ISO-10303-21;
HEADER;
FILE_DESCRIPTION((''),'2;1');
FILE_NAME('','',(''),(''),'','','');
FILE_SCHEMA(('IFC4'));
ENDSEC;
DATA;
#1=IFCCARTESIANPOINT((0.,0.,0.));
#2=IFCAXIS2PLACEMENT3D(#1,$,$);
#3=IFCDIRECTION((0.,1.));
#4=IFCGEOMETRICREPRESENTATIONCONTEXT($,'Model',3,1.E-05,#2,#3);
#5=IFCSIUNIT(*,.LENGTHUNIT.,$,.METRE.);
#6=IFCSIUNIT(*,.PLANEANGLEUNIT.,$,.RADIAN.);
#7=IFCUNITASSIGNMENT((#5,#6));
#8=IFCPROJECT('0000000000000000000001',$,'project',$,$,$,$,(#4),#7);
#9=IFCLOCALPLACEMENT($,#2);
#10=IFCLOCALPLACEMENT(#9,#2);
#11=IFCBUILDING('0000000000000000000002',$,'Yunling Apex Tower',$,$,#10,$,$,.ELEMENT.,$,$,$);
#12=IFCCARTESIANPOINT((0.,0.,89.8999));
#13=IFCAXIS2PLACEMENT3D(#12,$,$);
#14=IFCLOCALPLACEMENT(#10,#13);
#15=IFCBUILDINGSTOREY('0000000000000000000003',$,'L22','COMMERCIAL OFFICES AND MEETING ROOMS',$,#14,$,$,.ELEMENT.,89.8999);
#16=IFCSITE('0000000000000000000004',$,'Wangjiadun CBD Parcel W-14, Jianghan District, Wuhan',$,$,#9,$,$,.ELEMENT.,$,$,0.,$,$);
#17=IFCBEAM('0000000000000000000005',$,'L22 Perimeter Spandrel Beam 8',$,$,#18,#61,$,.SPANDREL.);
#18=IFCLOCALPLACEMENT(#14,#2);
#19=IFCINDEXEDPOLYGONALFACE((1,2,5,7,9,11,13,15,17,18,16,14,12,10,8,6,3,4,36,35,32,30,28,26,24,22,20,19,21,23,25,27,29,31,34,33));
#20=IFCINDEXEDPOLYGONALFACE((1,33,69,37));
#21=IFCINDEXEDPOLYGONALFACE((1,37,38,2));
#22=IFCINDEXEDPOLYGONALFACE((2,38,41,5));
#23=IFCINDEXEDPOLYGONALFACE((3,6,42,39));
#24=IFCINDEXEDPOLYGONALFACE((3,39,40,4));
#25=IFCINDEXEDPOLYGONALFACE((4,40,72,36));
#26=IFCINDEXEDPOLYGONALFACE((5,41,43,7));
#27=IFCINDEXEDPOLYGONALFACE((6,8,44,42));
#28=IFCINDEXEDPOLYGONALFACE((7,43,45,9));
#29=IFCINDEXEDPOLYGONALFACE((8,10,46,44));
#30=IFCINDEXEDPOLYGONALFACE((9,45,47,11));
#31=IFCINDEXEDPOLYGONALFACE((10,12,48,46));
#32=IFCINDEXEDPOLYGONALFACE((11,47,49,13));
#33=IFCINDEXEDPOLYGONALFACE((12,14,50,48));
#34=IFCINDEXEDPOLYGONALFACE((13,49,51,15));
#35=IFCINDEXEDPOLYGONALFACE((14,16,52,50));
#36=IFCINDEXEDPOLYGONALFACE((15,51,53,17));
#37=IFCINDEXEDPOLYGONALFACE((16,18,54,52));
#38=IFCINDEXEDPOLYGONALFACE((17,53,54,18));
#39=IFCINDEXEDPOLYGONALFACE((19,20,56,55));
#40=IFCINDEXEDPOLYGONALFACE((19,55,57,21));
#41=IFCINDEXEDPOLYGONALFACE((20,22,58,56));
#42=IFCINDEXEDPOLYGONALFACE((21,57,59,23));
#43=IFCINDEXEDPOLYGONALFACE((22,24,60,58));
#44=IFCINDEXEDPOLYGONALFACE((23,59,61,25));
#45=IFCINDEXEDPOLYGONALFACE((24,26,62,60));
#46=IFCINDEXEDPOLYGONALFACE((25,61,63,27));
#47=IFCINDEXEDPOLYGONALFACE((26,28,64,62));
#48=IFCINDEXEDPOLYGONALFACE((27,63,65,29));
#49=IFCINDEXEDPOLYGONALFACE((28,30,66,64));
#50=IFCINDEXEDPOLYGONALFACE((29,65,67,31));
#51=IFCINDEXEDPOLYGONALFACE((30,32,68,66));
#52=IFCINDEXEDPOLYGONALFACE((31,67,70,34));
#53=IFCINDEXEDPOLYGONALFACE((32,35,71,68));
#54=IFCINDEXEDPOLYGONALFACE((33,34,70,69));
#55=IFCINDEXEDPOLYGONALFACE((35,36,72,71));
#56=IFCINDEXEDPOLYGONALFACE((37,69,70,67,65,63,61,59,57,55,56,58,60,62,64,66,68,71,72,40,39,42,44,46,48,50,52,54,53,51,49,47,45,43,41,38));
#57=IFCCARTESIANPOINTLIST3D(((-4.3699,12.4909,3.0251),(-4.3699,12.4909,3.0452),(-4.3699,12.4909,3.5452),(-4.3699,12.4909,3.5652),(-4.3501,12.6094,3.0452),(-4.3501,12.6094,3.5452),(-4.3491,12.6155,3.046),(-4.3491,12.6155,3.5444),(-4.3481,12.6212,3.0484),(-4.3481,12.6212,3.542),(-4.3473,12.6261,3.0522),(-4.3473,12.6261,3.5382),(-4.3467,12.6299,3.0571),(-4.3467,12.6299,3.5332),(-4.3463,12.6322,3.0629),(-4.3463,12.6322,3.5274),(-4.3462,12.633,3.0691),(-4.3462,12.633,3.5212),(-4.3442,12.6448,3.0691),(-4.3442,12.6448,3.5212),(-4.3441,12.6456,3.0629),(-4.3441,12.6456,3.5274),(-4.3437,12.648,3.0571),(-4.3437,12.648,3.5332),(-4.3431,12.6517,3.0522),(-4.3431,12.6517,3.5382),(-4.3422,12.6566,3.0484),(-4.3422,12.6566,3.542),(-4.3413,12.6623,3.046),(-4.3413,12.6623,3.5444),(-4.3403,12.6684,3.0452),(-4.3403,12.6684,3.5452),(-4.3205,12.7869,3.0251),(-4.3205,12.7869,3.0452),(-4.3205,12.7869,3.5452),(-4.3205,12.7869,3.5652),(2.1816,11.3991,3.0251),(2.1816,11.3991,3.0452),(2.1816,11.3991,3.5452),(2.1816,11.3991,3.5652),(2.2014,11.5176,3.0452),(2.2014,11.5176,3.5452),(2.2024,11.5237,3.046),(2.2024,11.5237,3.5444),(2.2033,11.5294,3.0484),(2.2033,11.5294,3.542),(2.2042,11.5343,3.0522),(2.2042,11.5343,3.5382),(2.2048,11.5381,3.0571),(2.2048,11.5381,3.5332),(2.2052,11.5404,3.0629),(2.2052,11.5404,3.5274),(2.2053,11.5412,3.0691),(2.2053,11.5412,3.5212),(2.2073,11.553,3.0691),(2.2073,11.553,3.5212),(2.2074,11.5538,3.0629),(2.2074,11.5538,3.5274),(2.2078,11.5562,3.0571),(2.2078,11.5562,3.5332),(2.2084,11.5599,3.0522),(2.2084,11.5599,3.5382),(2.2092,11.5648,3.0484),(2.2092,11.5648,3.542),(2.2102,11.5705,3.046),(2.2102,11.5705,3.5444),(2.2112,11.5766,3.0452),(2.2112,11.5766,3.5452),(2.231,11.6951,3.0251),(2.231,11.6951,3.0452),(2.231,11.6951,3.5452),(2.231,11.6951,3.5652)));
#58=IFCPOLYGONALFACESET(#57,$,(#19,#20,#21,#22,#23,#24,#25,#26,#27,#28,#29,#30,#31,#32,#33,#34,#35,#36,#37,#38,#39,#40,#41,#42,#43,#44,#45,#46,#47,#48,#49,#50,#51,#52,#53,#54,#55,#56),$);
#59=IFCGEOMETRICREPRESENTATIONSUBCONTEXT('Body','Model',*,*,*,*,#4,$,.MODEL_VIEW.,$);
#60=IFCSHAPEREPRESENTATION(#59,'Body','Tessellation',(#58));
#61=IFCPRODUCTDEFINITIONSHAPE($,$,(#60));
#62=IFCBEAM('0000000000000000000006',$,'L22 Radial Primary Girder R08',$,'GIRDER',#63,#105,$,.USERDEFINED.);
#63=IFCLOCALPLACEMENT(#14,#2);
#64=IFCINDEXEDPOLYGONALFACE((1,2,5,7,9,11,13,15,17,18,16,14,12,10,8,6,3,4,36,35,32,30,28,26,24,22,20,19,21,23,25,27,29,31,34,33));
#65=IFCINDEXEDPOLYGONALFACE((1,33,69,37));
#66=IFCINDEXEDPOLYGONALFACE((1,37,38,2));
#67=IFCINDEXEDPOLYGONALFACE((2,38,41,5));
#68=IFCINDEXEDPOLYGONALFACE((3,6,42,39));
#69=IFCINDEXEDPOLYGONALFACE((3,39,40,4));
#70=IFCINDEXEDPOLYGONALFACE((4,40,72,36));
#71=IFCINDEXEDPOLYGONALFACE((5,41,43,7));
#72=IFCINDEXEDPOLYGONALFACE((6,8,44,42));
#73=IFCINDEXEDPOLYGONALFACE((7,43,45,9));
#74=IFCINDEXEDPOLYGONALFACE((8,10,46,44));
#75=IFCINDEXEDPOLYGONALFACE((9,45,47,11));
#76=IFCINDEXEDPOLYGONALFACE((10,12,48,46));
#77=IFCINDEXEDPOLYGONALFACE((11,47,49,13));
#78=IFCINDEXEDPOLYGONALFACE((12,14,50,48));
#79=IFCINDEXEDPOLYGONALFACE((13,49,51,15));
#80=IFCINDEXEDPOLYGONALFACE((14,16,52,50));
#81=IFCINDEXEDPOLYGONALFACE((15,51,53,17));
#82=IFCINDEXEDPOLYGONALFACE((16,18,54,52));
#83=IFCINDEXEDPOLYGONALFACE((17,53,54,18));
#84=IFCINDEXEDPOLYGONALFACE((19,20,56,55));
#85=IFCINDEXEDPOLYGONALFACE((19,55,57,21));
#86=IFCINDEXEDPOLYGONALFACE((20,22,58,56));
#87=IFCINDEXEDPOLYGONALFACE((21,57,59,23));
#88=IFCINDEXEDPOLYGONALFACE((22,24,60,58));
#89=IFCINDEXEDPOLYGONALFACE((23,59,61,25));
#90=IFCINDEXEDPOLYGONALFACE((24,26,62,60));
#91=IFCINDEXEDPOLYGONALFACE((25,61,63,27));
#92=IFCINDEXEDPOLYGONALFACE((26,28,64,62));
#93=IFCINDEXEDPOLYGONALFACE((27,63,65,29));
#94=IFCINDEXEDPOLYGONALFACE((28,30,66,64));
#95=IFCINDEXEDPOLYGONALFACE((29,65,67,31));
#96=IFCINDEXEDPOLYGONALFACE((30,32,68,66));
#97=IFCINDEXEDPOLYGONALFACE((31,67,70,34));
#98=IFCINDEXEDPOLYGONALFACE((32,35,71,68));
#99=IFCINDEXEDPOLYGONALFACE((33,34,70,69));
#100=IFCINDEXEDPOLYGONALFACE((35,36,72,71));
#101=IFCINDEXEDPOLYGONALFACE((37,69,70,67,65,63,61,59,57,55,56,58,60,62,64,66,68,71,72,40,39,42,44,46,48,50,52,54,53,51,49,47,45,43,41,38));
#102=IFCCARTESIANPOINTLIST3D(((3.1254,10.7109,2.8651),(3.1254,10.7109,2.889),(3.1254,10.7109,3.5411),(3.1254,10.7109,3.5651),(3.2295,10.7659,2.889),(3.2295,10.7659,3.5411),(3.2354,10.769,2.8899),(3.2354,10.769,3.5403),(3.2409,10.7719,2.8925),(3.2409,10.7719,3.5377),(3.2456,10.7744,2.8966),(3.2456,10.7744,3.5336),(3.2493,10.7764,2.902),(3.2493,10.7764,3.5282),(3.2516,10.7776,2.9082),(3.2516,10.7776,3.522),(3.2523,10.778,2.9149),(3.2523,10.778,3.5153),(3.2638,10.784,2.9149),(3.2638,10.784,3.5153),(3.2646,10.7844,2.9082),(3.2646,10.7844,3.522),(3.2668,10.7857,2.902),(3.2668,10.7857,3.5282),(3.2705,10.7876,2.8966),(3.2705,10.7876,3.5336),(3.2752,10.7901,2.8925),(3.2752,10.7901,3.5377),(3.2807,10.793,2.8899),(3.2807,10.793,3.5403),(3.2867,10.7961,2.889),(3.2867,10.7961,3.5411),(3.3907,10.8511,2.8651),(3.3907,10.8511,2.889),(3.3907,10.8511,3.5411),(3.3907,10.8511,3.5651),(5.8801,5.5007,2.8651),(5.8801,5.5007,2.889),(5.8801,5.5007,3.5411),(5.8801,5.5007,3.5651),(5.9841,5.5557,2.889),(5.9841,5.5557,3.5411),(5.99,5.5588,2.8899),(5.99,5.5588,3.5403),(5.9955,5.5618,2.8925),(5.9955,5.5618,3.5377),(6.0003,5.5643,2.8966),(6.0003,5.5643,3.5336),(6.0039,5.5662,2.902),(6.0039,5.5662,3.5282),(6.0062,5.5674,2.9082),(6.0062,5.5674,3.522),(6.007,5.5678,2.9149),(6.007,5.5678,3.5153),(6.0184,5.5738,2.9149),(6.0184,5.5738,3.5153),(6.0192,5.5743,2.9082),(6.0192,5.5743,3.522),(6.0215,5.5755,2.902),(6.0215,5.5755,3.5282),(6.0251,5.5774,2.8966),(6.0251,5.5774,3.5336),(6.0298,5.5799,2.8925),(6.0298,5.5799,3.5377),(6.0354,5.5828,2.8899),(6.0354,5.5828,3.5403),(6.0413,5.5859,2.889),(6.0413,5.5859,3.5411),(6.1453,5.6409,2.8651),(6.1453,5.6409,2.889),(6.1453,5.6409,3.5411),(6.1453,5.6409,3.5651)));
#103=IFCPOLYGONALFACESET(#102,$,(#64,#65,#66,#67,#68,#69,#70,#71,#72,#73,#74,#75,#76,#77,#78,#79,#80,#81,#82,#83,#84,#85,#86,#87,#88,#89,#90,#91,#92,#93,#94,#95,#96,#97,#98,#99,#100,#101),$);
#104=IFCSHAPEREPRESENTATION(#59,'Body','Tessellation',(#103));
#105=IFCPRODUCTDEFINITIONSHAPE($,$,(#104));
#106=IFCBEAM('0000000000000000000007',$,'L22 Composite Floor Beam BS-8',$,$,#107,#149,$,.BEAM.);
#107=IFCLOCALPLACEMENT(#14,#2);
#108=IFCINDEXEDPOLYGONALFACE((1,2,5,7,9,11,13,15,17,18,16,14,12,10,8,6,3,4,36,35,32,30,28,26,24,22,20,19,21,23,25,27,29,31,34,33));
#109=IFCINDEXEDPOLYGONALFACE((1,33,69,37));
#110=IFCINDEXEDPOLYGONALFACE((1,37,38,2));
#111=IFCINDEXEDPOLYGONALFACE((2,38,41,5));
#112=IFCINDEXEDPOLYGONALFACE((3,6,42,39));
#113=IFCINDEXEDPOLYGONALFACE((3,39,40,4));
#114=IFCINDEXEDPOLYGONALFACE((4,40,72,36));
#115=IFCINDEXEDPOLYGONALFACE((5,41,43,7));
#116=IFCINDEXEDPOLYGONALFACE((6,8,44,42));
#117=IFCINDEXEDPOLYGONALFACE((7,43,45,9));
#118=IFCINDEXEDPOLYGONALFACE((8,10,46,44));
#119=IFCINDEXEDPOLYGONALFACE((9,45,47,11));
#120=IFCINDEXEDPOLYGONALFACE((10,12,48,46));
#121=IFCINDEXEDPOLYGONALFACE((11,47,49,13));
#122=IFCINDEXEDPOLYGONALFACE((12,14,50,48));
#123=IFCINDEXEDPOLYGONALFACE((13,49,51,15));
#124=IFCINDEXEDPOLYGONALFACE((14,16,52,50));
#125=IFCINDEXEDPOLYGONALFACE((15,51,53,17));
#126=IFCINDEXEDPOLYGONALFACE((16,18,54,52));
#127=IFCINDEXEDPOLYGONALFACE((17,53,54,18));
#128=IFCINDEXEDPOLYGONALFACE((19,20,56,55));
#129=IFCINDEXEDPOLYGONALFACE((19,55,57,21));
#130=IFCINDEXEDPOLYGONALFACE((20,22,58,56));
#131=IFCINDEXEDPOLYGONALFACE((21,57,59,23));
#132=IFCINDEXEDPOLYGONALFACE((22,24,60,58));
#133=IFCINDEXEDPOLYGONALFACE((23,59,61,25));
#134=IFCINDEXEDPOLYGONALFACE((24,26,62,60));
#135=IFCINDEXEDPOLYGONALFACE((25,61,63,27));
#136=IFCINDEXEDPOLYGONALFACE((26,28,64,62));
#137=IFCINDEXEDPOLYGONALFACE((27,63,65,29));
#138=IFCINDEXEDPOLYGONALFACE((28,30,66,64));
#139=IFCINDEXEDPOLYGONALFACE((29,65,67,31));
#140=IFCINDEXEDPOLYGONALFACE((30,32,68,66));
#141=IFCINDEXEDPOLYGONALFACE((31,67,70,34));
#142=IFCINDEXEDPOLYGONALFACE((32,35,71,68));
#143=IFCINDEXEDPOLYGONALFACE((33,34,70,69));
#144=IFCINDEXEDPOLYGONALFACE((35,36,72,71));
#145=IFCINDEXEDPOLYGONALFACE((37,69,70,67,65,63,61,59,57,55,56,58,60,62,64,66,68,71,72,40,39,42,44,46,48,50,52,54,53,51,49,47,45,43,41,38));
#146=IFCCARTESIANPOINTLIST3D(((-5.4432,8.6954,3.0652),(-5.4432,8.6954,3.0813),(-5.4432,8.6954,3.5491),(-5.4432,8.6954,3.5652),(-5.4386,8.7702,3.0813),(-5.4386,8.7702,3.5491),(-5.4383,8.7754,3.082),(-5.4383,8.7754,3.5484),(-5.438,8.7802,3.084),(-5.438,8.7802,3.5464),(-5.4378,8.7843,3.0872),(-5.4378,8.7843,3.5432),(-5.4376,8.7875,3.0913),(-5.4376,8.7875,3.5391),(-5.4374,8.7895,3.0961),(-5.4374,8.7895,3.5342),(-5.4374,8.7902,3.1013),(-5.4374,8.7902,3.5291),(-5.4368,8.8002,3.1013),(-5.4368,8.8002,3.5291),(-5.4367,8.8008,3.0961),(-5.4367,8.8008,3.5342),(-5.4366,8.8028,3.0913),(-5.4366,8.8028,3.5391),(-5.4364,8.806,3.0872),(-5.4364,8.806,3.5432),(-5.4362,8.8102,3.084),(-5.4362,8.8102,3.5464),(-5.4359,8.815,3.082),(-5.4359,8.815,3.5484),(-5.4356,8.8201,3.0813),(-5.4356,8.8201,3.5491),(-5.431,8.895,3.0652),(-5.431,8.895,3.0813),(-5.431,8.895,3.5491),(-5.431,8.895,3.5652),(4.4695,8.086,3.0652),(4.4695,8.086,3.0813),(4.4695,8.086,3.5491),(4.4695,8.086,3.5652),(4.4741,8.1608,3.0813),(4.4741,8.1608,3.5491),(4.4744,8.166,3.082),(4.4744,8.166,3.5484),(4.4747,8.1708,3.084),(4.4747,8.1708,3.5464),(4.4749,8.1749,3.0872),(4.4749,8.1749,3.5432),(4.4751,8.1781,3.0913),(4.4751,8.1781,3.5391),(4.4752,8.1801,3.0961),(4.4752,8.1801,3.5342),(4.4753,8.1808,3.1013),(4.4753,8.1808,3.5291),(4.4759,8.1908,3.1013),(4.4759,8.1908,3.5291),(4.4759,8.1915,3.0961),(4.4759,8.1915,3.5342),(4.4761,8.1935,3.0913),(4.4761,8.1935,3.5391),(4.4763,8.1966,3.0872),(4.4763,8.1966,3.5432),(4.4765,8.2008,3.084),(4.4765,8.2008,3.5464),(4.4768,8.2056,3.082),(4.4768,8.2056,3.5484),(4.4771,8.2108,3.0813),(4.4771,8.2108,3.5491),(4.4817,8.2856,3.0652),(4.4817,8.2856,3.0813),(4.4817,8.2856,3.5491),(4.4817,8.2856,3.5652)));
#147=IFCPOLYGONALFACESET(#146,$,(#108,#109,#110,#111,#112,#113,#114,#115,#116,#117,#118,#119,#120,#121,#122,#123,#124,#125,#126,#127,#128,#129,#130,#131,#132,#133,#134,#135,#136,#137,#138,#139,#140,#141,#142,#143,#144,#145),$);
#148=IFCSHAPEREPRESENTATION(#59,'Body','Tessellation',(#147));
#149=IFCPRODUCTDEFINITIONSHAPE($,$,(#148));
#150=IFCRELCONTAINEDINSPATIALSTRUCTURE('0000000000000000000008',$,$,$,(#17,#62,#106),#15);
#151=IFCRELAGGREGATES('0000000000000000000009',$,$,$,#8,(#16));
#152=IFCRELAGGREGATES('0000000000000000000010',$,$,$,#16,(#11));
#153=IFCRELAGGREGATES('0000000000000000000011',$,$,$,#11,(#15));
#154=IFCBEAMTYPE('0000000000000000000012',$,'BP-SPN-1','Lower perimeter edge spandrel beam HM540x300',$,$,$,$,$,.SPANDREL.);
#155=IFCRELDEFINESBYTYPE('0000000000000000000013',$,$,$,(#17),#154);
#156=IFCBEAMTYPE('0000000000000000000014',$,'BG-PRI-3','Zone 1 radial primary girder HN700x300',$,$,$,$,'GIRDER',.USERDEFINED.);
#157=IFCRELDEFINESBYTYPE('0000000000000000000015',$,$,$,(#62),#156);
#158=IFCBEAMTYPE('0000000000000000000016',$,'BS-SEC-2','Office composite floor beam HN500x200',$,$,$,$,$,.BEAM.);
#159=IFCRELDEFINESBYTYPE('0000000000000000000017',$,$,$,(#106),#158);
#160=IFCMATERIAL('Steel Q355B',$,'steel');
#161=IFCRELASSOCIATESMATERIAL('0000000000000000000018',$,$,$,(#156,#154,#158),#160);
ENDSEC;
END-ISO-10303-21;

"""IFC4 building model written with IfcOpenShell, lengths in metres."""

from ifc_helpers import new_model, si_unit, direction, frame, origin, origin_2d, place, context, subcontext, project, spatial, i_section, extrude, source, transform, mapped, material, material_profile, profile_set, type_object, element, save


model = new_model("IFC4")

# Units and contexts
model_context = context("Model", 3, precision=1e-05, world=origin(), true_north=direction((0.0, 1.0)))
body_context = subcontext(model_context, "Body", "Model", "MODEL_VIEW")
ifc_project = project(units=[si_unit("LENGTHUNIT", "METRE"), si_unit("PLANEANGLEUNIT", "RADIAN")], contexts=[model_context])

# Site, building, storey
site_placement = place(None, origin())
site = spatial("IfcSite", under=ifc_project, at=site_placement, Name="Wangjiadun CBD Parcel W-14, Jianghan District, Wuhan", CompositionType="ELEMENT", RefElevation=0.0)
building_placement = place(site_placement, origin())
building = spatial("IfcBuilding", under=site, at=building_placement, Name="Yunling Apex Tower", CompositionType="ELEMENT")
storey_placement = place(building_placement, frame((0.0, 0.0, 89.8999)))
storey = spatial("IfcBuildingStorey", under=building, at=storey_placement, Name="L22", Description="COMMERCIAL OFFICES AND MEETING ROOMS", CompositionType="ELEMENT", Elevation=89.8999)

# Beams
ifc_material_1 = material(Name="Steel Q355B", Category="steel")
ifc_material_profile_1 = material_profile(ifc_material_1, i_section(OverallWidth=0.3, OverallDepth=0.7, WebThickness=0.0129, FlangeThickness=0.0239, FilletRadius=0.0259, at=origin_2d()))
ifc_profile_set_1 = profile_set([ifc_material_profile_1], Name="Steel Q355B")
beam_type_1 = type_object("IfcBeamType", Name="BG-PRI-3", Description="Zone 1 radial primary girder HN700x300", ElementType="GIRDER", PredefinedType="USERDEFINED", material=ifc_profile_set_1)
ifc_material_profile_2 = material_profile(ifc_material_1, i_section(OverallWidth=0.3, OverallDepth=0.54, WebThickness=0.012, FlangeThickness=0.02, FilletRadius=0.0239, at=origin_2d()))
ifc_profile_set_2 = profile_set([ifc_material_profile_2], Name="Steel Q355B")
beam_type_2 = type_object("IfcBeamType", Name="BP-SPN-1", Description="Lower perimeter edge spandrel beam HM540x300", PredefinedType="SPANDREL", material=ifc_profile_set_2)
shared_shape_1 = source(origin(), body_context, "Body", "SweptSolid", [
    extrude(i_section(OverallWidth=0.3, OverallDepth=0.54, WebThickness=0.012, FlangeThickness=0.02, FilletRadius=0.0239, at=origin_2d()), origin(), (0.0, 0.0, 1.0), 6.6418),
])
beam_1_placement = place(storey_placement, frame((2.2063, 11.5471, 3.2952), z_axis=(-0.986397, 0.164381, 0.0), x_axis=(-0.164381, -0.986397, 0.0)))
element("IfcBeam", 1, at=beam_1_placement, inside=storey, type_object=beam_type_2, Name="L22 Perimeter Spandrel Beam 8", PredefinedType="SPANDREL", context=body_context, shape_type="MappedRepresentation", body=[
    mapped(shared_shape_1, transform((0.0, 0.0, 0.0), scale=1.0)),
])
shared_shape_2 = source(origin(), body_context, "Body", "SweptSolid", [
    extrude(i_section(OverallWidth=0.3, OverallDepth=0.7, WebThickness=0.0129, FlangeThickness=0.0239, FilletRadius=0.0259, at=origin_2d()), origin(), (0.0, 0.0, 1.0), 5.8936),
])
beam_2_placement = place(storey_placement, frame((3.2581, 10.781, 3.2151), z_axis=(0.467397, -0.884048, 0.0), x_axis=(0.884048, 0.467397, 0.0)))
element("IfcBeam", 2, at=beam_2_placement, inside=storey, type_object=beam_type_1, Name="L22 Radial Primary Girder R08", ObjectType="GIRDER", PredefinedType="USERDEFINED", context=body_context, shape_type="MappedRepresentation", body=[
    mapped(shared_shape_2, transform((0.0, 0.0, 0.0), scale=1.0)),
])
ifc_material_profile_3 = material_profile(ifc_material_1, i_section(OverallWidth=0.2, OverallDepth=0.5, WebThickness=0.01, FlangeThickness=0.0161, FilletRadius=0.02, at=origin_2d()))
ifc_profile_set_3 = profile_set([ifc_material_profile_3], Name="Steel Q355B")
beam_type_3 = type_object("IfcBeamType", Name="BS-SEC-2", Description="Office composite floor beam HN500x200", PredefinedType="BEAM", material=ifc_profile_set_3)
shared_shape_3 = source(origin(), body_context, "Body", "SweptSolid", [
    extrude(i_section(OverallWidth=0.2, OverallDepth=0.5, WebThickness=0.01, FlangeThickness=0.0161, FilletRadius=0.02, at=origin_2d()), origin(), (0.0, 0.0, 1.0), 9.9314),
])
beam_3_placement = place(storey_placement, frame((4.4756, 8.1858, 3.3152), z_axis=(-0.998116, 0.061359, 0.0), x_axis=(-0.061359, -0.998116, 0.0)))
element("IfcBeam", 3, at=beam_3_placement, inside=storey, type_object=beam_type_3, Name="L22 Composite Floor Beam BS-8", PredefinedType="BEAM", context=body_context, shape_type="MappedRepresentation", body=[
    mapped(shared_shape_3, transform((0.0, 0.0, 0.0), scale=1.0)),
])

save(model, "model.ifc")
